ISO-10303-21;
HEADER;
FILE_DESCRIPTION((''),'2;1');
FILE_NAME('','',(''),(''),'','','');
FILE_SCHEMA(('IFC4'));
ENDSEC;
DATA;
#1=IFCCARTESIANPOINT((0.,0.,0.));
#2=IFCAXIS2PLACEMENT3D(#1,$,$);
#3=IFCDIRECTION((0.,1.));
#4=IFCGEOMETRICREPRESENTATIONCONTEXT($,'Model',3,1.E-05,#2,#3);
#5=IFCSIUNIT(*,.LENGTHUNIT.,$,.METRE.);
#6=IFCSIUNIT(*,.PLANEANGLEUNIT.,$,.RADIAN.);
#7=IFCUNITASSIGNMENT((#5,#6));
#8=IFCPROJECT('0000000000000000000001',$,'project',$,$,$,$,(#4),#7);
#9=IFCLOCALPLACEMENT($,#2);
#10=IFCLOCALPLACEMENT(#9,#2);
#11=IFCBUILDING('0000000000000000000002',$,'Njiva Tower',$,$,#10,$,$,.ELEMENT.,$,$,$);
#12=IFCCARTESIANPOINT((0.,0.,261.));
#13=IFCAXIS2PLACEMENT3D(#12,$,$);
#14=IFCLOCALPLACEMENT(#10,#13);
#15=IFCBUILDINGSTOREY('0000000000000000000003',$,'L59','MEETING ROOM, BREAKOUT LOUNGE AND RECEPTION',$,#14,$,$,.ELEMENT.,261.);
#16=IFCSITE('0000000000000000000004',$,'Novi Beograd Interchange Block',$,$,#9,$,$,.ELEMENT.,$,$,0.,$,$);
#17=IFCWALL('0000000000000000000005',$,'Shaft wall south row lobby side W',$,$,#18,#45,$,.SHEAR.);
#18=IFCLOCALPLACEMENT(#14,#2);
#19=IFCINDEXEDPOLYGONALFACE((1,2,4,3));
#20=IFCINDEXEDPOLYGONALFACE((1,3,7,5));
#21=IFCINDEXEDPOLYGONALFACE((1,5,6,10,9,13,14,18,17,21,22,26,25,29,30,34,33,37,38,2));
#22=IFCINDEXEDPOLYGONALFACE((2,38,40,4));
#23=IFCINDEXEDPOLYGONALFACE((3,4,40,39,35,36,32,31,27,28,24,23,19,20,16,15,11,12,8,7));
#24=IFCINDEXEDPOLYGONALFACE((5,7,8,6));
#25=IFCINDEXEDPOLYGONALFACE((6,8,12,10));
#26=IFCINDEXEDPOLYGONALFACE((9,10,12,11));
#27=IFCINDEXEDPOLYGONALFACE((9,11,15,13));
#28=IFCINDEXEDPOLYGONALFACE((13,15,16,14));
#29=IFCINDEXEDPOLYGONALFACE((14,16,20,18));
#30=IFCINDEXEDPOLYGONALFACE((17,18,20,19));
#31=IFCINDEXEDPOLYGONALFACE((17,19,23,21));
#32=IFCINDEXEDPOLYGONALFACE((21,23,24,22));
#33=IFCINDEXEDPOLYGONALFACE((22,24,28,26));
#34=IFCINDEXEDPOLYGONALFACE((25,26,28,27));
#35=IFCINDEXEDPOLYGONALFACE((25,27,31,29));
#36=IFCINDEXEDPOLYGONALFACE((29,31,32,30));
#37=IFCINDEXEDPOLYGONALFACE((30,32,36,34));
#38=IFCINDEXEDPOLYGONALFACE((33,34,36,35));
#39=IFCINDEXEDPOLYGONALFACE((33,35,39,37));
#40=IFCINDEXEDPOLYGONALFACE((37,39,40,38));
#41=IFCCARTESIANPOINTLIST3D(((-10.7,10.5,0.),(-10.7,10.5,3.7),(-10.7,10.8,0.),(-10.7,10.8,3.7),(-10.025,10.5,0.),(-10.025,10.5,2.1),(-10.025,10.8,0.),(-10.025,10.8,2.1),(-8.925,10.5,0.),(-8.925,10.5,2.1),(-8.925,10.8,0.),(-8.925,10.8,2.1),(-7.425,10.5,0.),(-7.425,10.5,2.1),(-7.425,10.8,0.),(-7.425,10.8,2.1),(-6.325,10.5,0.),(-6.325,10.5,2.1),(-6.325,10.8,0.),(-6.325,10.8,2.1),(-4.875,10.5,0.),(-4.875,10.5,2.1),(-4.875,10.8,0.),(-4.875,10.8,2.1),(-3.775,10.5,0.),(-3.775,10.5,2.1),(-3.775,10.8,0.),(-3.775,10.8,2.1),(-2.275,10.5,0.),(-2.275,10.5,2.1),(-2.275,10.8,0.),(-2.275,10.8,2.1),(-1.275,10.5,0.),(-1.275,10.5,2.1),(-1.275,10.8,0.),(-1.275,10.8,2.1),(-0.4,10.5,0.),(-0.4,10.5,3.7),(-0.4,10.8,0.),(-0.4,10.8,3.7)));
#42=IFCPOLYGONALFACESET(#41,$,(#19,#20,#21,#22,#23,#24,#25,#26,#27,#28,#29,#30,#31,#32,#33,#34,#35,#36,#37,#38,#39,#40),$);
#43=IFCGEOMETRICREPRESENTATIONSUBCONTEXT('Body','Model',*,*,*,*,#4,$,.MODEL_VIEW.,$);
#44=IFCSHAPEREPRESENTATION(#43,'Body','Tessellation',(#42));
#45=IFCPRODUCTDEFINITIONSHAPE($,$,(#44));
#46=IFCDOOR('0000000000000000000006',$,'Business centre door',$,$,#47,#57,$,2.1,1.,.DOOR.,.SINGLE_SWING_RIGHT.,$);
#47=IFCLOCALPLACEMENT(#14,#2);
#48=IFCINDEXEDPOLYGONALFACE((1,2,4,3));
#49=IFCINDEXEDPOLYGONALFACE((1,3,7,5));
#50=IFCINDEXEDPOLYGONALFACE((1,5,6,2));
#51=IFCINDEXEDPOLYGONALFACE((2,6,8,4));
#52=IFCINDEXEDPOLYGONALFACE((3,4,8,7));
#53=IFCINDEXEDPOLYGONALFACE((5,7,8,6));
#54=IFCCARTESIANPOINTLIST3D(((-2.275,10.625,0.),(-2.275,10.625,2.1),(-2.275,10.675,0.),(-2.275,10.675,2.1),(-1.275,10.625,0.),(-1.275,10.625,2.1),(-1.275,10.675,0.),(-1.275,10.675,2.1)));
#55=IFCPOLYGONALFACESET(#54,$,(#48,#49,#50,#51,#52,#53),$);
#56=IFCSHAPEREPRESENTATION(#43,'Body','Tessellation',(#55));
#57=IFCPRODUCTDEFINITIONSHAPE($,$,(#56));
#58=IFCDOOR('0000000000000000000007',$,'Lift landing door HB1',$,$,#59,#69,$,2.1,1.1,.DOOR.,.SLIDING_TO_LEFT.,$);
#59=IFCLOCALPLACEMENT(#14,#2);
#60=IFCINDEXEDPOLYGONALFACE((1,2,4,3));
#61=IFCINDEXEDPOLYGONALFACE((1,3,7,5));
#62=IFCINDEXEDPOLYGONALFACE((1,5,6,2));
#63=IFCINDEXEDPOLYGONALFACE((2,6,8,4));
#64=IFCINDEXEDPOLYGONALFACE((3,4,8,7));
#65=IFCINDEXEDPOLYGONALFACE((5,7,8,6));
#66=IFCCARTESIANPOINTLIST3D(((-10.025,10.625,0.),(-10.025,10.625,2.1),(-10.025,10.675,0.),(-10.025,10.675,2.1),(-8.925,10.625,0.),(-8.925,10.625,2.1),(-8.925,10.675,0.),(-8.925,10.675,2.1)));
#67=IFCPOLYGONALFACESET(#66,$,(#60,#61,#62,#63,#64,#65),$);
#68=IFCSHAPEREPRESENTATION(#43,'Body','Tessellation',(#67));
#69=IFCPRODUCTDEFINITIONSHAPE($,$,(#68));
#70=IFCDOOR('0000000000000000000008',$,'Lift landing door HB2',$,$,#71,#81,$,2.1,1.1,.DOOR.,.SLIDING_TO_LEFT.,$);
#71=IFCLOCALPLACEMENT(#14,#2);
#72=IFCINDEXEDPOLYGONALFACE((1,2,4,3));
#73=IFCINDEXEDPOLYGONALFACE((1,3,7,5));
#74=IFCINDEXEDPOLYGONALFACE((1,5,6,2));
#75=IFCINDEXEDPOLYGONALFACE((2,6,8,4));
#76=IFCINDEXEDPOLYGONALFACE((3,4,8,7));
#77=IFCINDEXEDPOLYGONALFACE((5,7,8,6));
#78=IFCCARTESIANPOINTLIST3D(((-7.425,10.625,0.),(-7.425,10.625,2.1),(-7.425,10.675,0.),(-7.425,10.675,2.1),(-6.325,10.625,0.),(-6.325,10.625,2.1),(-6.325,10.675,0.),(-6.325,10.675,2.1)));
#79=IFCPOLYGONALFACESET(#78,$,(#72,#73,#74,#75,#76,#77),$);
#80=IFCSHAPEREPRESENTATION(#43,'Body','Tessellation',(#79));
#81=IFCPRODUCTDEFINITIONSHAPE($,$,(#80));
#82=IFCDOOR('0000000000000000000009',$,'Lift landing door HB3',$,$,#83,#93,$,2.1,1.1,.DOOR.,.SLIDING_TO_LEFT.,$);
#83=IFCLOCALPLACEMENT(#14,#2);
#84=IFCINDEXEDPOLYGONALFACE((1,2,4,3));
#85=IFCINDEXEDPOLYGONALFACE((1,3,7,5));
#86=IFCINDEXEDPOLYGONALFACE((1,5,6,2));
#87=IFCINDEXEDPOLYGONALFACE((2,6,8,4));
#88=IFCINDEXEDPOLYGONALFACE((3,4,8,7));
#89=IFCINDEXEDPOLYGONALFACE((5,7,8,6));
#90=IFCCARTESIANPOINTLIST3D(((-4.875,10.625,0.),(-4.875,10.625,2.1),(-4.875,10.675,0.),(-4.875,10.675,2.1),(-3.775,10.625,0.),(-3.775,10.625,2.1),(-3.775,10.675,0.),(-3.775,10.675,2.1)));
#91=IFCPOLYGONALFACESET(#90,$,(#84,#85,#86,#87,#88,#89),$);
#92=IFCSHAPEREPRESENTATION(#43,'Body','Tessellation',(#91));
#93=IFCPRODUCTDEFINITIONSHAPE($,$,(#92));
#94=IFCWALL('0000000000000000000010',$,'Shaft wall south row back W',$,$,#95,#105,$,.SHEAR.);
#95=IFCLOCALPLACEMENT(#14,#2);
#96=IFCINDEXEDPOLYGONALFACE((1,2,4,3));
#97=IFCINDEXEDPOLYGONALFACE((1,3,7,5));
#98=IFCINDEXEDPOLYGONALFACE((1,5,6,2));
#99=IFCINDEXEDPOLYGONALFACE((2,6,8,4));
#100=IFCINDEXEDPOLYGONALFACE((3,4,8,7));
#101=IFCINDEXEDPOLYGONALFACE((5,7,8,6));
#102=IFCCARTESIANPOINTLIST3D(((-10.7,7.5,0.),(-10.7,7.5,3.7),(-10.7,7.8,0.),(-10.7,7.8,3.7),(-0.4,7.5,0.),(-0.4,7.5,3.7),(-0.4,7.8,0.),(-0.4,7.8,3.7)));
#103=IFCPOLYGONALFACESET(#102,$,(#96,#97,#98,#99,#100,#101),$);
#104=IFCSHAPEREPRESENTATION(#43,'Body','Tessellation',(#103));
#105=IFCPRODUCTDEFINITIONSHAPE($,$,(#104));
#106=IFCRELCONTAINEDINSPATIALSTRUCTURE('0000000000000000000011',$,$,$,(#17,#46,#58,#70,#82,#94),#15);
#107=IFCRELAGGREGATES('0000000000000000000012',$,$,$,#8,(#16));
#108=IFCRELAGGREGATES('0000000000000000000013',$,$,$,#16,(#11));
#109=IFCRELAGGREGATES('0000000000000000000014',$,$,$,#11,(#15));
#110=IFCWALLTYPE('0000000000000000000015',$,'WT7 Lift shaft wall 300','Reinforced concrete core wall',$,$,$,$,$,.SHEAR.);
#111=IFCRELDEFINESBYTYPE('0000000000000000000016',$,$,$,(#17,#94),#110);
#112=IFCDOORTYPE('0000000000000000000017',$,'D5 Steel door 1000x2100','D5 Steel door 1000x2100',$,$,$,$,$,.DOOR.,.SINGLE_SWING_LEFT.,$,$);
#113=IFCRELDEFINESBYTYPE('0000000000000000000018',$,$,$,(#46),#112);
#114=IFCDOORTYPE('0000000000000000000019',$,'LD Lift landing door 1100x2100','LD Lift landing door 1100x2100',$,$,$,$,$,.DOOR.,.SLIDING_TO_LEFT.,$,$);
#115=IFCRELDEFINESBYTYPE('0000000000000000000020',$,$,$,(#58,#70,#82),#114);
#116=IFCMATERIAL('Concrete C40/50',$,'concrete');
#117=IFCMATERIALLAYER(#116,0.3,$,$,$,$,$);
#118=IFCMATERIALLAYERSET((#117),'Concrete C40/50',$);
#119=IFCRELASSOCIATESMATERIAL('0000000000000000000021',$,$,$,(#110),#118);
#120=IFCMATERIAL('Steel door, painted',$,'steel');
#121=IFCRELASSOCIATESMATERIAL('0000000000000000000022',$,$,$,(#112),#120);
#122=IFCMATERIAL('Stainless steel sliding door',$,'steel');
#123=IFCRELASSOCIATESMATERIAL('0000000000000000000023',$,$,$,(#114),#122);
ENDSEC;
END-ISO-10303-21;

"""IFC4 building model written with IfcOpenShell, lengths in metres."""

from ifc_helpers import new_model, si_unit, direction, frame, frame_2d, origin, place, context, subcontext, project, spatial, rectangle, extrude, material, layer, layer_set, type_object, element, fill, save


model = new_model("IFC4")

# Units and contexts
model_context = context("Model", 3, precision=1e-05, world=origin(), true_north=direction((0.0, 1.0)))
body_context = subcontext(model_context, "Body", "Model", "MODEL_VIEW")
ifc_project = project(units=[si_unit("LENGTHUNIT", "METRE"), si_unit("PLANEANGLEUNIT", "RADIAN")], contexts=[model_context])

# Site, building, storey
site_placement = place(None, origin())
site = spatial("IfcSite", under=ifc_project, at=site_placement, Name="Novi Beograd Interchange Block", CompositionType="ELEMENT", RefElevation=0.0)
building_placement = place(site_placement, origin())
building = spatial("IfcBuilding", under=site, at=building_placement, Name="Njiva Tower", CompositionType="ELEMENT")
storey_placement = place(building_placement, frame((0.0, 0.0, 261.0)))
storey = spatial("IfcBuildingStorey", under=building, at=storey_placement, Name="L59", Description="MEETING ROOM, BREAKOUT LOUNGE AND RECEPTION", CompositionType="ELEMENT", Elevation=261.0)

# Shared definitions
ifc_material_1 = material(Name="Concrete C40/50", Category="concrete")
ifc_material_2 = material(Name="Steel door, painted", Category="steel")

# Wall, openings, doors
ifc_layer_1 = layer(ifc_material_1, 0.3)
ifc_layer_set_1 = layer_set([ifc_layer_1], Name="Concrete C40/50")
wall_type_1 = type_object("IfcWallType", Name="WT7 Lift shaft wall 300", Description="Reinforced concrete core wall", PredefinedType="SHEAR", material=ifc_layer_set_1)
wall_1_placement = place(storey_placement, frame((-10.7, 10.65, 0.0), z_axis=(0.0, 0.0, 1.0), x_axis=(1.0, 0.0, 0.0)))
wall_1 = element("IfcWall", 1, at=wall_1_placement, inside=storey, type_object=wall_type_1, Name="Shaft wall south row lobby side W", PredefinedType="SHEAR", context=body_context, shape_type="SweptSolid", body=[
    extrude(rectangle(XDim=10.3, YDim=0.3, at=frame_2d((5.15, 0.0))), origin(), (0.0, 0.0, 1.0), 3.7),
])
opening_1_placement = place(wall_1_placement, frame((0.675, 0.0, 0.0)))
opening_1 = element("IfcOpeningElement", 2, at=opening_1_placement, cuts=wall_1, PredefinedType="OPENING", context=body_context, shape_type="SweptSolid", body=[
    extrude(rectangle(XDim=1.1, YDim=2.1, at=frame_2d((0.55, 1.05))), frame((0.0, 0.16, 0.0), z_axis=(0.0, -1.0, 0.0), x_axis=(1.0, 0.0, 0.0)), (0.0, 0.0, 1.0), 0.32),
])
opening_2_placement = place(wall_1_placement, frame((3.275, 0.0, 0.0)))
opening_2 = element("IfcOpeningElement", 3, at=opening_2_placement, cuts=wall_1, PredefinedType="OPENING", context=body_context, shape_type="SweptSolid", body=[
    extrude(rectangle(XDim=1.1, YDim=2.1, at=frame_2d((0.55, 1.05))), frame((0.0, 0.16, 0.0), z_axis=(0.0, -1.0, 0.0), x_axis=(1.0, 0.0, 0.0)), (0.0, 0.0, 1.0), 0.32),
])
opening_3_placement = place(wall_1_placement, frame((5.825, 0.0, 0.0)))
opening_3 = element("IfcOpeningElement", 4, at=opening_3_placement, cuts=wall_1, PredefinedType="OPENING", context=body_context, shape_type="SweptSolid", body=[
    extrude(rectangle(XDim=1.1, YDim=2.1, at=frame_2d((0.55, 1.05))), frame((0.0, 0.16, 0.0), z_axis=(0.0, -1.0, 0.0), x_axis=(1.0, 0.0, 0.0)), (0.0, 0.0, 1.0), 0.32),
])
opening_4_placement = place(wall_1_placement, frame((8.425, 0.0, 0.0)))
opening_4 = element("IfcOpeningElement", 5, at=opening_4_placement, cuts=wall_1, PredefinedType="OPENING", context=body_context, shape_type="SweptSolid", body=[
    extrude(rectangle(XDim=1.0, YDim=2.1, at=frame_2d((0.5, 1.05))), frame((0.0, 0.16, 0.0), z_axis=(0.0, -1.0, 0.0), x_axis=(1.0, 0.0, 0.0)), (0.0, 0.0, 1.0), 0.32),
])
door_type_1 = type_object("IfcDoorType", Name="D5 Steel door 1000x2100", Description="D5 Steel door 1000x2100", OperationType="SINGLE_SWING_LEFT", PredefinedType="DOOR", material=ifc_material_2)
door_1_placement = place(opening_4_placement, origin())
door_1 = element("IfcDoor", 6, at=door_1_placement, inside=storey, type_object=door_type_1, Name="Business centre door", OperationType="SINGLE_SWING_RIGHT", OverallHeight=2.1, OverallWidth=1.0, PredefinedType="DOOR", context=body_context, shape_type="SweptSolid", body=[
    extrude(rectangle(XDim=1.0, YDim=2.1, at=frame_2d((0.5, 1.05))), frame((0.0, 0.025, 0.0), z_axis=(0.0, -1.0, 0.0), x_axis=(1.0, 0.0, 0.0)), (0.0, 0.0, 1.0), 0.05),
])
fill(opening_4, door_1)
ifc_material_3 = material(Name="Stainless steel sliding door", Category="steel")
door_type_2 = type_object("IfcDoorType", Name="LD Lift landing door 1100x2100", Description="LD Lift landing door 1100x2100", OperationType="SLIDING_TO_LEFT", PredefinedType="DOOR", material=ifc_material_3)
door_2_placement = place(opening_1_placement, origin())
door_2 = element("IfcDoor", 7, at=door_2_placement, inside=storey, type_object=door_type_2, Name="Lift landing door HB1", OperationType="SLIDING_TO_LEFT", OverallHeight=2.1, OverallWidth=1.1, PredefinedType="DOOR", context=body_context, shape_type="SweptSolid", body=[
    extrude(rectangle(XDim=1.1, YDim=2.1, at=frame_2d((0.55, 1.05))), frame((0.0, 0.025, 0.0), z_axis=(0.0, -1.0, 0.0), x_axis=(1.0, 0.0, 0.0)), (0.0, 0.0, 1.0), 0.05),
])
fill(opening_1, door_2)
door_3_placement = place(opening_2_placement, origin())
door_3 = element("IfcDoor", 8, at=door_3_placement, inside=storey, type_object=door_type_2, Name="Lift landing door HB2", OperationType="SLIDING_TO_LEFT", OverallHeight=2.1, OverallWidth=1.1, PredefinedType="DOOR", context=body_context, shape_type="SweptSolid", body=[
    extrude(rectangle(XDim=1.1, YDim=2.1, at=frame_2d((0.55, 1.05))), frame((0.0, 0.025, 0.0), z_axis=(0.0, -1.0, 0.0), x_axis=(1.0, 0.0, 0.0)), (0.0, 0.0, 1.0), 0.05),
])
fill(opening_2, door_3)
door_4_placement = place(opening_3_placement, origin())
door_4 = element("IfcDoor", 9, at=door_4_placement, inside=storey, type_object=door_type_2, Name="Lift landing door HB3", OperationType="SLIDING_TO_LEFT", OverallHeight=2.1, OverallWidth=1.1, PredefinedType="DOOR", context=body_context, shape_type="SweptSolid", body=[
    extrude(rectangle(XDim=1.1, YDim=2.1, at=frame_2d((0.55, 1.05))), frame((0.0, 0.025, 0.0), z_axis=(0.0, -1.0, 0.0), x_axis=(1.0, 0.0, 0.0)), (0.0, 0.0, 1.0), 0.05),
])
fill(opening_3, door_4)

# Wall
wall_2_placement = place(storey_placement, frame((-10.7, 7.65, 0.0), z_axis=(0.0, 0.0, 1.0), x_axis=(1.0, 0.0, 0.0)))
element("IfcWall", 10, at=wall_2_placement, inside=storey, type_object=wall_type_1, Name="Shaft wall south row back W", PredefinedType="SHEAR", context=body_context, shape_type="SweptSolid", body=[
    extrude(rectangle(XDim=10.3, YDim=0.3, at=frame_2d((5.15, 0.0))), origin(), (0.0, 0.0, 1.0), 3.7),
])

save(model, "model.ifc")
